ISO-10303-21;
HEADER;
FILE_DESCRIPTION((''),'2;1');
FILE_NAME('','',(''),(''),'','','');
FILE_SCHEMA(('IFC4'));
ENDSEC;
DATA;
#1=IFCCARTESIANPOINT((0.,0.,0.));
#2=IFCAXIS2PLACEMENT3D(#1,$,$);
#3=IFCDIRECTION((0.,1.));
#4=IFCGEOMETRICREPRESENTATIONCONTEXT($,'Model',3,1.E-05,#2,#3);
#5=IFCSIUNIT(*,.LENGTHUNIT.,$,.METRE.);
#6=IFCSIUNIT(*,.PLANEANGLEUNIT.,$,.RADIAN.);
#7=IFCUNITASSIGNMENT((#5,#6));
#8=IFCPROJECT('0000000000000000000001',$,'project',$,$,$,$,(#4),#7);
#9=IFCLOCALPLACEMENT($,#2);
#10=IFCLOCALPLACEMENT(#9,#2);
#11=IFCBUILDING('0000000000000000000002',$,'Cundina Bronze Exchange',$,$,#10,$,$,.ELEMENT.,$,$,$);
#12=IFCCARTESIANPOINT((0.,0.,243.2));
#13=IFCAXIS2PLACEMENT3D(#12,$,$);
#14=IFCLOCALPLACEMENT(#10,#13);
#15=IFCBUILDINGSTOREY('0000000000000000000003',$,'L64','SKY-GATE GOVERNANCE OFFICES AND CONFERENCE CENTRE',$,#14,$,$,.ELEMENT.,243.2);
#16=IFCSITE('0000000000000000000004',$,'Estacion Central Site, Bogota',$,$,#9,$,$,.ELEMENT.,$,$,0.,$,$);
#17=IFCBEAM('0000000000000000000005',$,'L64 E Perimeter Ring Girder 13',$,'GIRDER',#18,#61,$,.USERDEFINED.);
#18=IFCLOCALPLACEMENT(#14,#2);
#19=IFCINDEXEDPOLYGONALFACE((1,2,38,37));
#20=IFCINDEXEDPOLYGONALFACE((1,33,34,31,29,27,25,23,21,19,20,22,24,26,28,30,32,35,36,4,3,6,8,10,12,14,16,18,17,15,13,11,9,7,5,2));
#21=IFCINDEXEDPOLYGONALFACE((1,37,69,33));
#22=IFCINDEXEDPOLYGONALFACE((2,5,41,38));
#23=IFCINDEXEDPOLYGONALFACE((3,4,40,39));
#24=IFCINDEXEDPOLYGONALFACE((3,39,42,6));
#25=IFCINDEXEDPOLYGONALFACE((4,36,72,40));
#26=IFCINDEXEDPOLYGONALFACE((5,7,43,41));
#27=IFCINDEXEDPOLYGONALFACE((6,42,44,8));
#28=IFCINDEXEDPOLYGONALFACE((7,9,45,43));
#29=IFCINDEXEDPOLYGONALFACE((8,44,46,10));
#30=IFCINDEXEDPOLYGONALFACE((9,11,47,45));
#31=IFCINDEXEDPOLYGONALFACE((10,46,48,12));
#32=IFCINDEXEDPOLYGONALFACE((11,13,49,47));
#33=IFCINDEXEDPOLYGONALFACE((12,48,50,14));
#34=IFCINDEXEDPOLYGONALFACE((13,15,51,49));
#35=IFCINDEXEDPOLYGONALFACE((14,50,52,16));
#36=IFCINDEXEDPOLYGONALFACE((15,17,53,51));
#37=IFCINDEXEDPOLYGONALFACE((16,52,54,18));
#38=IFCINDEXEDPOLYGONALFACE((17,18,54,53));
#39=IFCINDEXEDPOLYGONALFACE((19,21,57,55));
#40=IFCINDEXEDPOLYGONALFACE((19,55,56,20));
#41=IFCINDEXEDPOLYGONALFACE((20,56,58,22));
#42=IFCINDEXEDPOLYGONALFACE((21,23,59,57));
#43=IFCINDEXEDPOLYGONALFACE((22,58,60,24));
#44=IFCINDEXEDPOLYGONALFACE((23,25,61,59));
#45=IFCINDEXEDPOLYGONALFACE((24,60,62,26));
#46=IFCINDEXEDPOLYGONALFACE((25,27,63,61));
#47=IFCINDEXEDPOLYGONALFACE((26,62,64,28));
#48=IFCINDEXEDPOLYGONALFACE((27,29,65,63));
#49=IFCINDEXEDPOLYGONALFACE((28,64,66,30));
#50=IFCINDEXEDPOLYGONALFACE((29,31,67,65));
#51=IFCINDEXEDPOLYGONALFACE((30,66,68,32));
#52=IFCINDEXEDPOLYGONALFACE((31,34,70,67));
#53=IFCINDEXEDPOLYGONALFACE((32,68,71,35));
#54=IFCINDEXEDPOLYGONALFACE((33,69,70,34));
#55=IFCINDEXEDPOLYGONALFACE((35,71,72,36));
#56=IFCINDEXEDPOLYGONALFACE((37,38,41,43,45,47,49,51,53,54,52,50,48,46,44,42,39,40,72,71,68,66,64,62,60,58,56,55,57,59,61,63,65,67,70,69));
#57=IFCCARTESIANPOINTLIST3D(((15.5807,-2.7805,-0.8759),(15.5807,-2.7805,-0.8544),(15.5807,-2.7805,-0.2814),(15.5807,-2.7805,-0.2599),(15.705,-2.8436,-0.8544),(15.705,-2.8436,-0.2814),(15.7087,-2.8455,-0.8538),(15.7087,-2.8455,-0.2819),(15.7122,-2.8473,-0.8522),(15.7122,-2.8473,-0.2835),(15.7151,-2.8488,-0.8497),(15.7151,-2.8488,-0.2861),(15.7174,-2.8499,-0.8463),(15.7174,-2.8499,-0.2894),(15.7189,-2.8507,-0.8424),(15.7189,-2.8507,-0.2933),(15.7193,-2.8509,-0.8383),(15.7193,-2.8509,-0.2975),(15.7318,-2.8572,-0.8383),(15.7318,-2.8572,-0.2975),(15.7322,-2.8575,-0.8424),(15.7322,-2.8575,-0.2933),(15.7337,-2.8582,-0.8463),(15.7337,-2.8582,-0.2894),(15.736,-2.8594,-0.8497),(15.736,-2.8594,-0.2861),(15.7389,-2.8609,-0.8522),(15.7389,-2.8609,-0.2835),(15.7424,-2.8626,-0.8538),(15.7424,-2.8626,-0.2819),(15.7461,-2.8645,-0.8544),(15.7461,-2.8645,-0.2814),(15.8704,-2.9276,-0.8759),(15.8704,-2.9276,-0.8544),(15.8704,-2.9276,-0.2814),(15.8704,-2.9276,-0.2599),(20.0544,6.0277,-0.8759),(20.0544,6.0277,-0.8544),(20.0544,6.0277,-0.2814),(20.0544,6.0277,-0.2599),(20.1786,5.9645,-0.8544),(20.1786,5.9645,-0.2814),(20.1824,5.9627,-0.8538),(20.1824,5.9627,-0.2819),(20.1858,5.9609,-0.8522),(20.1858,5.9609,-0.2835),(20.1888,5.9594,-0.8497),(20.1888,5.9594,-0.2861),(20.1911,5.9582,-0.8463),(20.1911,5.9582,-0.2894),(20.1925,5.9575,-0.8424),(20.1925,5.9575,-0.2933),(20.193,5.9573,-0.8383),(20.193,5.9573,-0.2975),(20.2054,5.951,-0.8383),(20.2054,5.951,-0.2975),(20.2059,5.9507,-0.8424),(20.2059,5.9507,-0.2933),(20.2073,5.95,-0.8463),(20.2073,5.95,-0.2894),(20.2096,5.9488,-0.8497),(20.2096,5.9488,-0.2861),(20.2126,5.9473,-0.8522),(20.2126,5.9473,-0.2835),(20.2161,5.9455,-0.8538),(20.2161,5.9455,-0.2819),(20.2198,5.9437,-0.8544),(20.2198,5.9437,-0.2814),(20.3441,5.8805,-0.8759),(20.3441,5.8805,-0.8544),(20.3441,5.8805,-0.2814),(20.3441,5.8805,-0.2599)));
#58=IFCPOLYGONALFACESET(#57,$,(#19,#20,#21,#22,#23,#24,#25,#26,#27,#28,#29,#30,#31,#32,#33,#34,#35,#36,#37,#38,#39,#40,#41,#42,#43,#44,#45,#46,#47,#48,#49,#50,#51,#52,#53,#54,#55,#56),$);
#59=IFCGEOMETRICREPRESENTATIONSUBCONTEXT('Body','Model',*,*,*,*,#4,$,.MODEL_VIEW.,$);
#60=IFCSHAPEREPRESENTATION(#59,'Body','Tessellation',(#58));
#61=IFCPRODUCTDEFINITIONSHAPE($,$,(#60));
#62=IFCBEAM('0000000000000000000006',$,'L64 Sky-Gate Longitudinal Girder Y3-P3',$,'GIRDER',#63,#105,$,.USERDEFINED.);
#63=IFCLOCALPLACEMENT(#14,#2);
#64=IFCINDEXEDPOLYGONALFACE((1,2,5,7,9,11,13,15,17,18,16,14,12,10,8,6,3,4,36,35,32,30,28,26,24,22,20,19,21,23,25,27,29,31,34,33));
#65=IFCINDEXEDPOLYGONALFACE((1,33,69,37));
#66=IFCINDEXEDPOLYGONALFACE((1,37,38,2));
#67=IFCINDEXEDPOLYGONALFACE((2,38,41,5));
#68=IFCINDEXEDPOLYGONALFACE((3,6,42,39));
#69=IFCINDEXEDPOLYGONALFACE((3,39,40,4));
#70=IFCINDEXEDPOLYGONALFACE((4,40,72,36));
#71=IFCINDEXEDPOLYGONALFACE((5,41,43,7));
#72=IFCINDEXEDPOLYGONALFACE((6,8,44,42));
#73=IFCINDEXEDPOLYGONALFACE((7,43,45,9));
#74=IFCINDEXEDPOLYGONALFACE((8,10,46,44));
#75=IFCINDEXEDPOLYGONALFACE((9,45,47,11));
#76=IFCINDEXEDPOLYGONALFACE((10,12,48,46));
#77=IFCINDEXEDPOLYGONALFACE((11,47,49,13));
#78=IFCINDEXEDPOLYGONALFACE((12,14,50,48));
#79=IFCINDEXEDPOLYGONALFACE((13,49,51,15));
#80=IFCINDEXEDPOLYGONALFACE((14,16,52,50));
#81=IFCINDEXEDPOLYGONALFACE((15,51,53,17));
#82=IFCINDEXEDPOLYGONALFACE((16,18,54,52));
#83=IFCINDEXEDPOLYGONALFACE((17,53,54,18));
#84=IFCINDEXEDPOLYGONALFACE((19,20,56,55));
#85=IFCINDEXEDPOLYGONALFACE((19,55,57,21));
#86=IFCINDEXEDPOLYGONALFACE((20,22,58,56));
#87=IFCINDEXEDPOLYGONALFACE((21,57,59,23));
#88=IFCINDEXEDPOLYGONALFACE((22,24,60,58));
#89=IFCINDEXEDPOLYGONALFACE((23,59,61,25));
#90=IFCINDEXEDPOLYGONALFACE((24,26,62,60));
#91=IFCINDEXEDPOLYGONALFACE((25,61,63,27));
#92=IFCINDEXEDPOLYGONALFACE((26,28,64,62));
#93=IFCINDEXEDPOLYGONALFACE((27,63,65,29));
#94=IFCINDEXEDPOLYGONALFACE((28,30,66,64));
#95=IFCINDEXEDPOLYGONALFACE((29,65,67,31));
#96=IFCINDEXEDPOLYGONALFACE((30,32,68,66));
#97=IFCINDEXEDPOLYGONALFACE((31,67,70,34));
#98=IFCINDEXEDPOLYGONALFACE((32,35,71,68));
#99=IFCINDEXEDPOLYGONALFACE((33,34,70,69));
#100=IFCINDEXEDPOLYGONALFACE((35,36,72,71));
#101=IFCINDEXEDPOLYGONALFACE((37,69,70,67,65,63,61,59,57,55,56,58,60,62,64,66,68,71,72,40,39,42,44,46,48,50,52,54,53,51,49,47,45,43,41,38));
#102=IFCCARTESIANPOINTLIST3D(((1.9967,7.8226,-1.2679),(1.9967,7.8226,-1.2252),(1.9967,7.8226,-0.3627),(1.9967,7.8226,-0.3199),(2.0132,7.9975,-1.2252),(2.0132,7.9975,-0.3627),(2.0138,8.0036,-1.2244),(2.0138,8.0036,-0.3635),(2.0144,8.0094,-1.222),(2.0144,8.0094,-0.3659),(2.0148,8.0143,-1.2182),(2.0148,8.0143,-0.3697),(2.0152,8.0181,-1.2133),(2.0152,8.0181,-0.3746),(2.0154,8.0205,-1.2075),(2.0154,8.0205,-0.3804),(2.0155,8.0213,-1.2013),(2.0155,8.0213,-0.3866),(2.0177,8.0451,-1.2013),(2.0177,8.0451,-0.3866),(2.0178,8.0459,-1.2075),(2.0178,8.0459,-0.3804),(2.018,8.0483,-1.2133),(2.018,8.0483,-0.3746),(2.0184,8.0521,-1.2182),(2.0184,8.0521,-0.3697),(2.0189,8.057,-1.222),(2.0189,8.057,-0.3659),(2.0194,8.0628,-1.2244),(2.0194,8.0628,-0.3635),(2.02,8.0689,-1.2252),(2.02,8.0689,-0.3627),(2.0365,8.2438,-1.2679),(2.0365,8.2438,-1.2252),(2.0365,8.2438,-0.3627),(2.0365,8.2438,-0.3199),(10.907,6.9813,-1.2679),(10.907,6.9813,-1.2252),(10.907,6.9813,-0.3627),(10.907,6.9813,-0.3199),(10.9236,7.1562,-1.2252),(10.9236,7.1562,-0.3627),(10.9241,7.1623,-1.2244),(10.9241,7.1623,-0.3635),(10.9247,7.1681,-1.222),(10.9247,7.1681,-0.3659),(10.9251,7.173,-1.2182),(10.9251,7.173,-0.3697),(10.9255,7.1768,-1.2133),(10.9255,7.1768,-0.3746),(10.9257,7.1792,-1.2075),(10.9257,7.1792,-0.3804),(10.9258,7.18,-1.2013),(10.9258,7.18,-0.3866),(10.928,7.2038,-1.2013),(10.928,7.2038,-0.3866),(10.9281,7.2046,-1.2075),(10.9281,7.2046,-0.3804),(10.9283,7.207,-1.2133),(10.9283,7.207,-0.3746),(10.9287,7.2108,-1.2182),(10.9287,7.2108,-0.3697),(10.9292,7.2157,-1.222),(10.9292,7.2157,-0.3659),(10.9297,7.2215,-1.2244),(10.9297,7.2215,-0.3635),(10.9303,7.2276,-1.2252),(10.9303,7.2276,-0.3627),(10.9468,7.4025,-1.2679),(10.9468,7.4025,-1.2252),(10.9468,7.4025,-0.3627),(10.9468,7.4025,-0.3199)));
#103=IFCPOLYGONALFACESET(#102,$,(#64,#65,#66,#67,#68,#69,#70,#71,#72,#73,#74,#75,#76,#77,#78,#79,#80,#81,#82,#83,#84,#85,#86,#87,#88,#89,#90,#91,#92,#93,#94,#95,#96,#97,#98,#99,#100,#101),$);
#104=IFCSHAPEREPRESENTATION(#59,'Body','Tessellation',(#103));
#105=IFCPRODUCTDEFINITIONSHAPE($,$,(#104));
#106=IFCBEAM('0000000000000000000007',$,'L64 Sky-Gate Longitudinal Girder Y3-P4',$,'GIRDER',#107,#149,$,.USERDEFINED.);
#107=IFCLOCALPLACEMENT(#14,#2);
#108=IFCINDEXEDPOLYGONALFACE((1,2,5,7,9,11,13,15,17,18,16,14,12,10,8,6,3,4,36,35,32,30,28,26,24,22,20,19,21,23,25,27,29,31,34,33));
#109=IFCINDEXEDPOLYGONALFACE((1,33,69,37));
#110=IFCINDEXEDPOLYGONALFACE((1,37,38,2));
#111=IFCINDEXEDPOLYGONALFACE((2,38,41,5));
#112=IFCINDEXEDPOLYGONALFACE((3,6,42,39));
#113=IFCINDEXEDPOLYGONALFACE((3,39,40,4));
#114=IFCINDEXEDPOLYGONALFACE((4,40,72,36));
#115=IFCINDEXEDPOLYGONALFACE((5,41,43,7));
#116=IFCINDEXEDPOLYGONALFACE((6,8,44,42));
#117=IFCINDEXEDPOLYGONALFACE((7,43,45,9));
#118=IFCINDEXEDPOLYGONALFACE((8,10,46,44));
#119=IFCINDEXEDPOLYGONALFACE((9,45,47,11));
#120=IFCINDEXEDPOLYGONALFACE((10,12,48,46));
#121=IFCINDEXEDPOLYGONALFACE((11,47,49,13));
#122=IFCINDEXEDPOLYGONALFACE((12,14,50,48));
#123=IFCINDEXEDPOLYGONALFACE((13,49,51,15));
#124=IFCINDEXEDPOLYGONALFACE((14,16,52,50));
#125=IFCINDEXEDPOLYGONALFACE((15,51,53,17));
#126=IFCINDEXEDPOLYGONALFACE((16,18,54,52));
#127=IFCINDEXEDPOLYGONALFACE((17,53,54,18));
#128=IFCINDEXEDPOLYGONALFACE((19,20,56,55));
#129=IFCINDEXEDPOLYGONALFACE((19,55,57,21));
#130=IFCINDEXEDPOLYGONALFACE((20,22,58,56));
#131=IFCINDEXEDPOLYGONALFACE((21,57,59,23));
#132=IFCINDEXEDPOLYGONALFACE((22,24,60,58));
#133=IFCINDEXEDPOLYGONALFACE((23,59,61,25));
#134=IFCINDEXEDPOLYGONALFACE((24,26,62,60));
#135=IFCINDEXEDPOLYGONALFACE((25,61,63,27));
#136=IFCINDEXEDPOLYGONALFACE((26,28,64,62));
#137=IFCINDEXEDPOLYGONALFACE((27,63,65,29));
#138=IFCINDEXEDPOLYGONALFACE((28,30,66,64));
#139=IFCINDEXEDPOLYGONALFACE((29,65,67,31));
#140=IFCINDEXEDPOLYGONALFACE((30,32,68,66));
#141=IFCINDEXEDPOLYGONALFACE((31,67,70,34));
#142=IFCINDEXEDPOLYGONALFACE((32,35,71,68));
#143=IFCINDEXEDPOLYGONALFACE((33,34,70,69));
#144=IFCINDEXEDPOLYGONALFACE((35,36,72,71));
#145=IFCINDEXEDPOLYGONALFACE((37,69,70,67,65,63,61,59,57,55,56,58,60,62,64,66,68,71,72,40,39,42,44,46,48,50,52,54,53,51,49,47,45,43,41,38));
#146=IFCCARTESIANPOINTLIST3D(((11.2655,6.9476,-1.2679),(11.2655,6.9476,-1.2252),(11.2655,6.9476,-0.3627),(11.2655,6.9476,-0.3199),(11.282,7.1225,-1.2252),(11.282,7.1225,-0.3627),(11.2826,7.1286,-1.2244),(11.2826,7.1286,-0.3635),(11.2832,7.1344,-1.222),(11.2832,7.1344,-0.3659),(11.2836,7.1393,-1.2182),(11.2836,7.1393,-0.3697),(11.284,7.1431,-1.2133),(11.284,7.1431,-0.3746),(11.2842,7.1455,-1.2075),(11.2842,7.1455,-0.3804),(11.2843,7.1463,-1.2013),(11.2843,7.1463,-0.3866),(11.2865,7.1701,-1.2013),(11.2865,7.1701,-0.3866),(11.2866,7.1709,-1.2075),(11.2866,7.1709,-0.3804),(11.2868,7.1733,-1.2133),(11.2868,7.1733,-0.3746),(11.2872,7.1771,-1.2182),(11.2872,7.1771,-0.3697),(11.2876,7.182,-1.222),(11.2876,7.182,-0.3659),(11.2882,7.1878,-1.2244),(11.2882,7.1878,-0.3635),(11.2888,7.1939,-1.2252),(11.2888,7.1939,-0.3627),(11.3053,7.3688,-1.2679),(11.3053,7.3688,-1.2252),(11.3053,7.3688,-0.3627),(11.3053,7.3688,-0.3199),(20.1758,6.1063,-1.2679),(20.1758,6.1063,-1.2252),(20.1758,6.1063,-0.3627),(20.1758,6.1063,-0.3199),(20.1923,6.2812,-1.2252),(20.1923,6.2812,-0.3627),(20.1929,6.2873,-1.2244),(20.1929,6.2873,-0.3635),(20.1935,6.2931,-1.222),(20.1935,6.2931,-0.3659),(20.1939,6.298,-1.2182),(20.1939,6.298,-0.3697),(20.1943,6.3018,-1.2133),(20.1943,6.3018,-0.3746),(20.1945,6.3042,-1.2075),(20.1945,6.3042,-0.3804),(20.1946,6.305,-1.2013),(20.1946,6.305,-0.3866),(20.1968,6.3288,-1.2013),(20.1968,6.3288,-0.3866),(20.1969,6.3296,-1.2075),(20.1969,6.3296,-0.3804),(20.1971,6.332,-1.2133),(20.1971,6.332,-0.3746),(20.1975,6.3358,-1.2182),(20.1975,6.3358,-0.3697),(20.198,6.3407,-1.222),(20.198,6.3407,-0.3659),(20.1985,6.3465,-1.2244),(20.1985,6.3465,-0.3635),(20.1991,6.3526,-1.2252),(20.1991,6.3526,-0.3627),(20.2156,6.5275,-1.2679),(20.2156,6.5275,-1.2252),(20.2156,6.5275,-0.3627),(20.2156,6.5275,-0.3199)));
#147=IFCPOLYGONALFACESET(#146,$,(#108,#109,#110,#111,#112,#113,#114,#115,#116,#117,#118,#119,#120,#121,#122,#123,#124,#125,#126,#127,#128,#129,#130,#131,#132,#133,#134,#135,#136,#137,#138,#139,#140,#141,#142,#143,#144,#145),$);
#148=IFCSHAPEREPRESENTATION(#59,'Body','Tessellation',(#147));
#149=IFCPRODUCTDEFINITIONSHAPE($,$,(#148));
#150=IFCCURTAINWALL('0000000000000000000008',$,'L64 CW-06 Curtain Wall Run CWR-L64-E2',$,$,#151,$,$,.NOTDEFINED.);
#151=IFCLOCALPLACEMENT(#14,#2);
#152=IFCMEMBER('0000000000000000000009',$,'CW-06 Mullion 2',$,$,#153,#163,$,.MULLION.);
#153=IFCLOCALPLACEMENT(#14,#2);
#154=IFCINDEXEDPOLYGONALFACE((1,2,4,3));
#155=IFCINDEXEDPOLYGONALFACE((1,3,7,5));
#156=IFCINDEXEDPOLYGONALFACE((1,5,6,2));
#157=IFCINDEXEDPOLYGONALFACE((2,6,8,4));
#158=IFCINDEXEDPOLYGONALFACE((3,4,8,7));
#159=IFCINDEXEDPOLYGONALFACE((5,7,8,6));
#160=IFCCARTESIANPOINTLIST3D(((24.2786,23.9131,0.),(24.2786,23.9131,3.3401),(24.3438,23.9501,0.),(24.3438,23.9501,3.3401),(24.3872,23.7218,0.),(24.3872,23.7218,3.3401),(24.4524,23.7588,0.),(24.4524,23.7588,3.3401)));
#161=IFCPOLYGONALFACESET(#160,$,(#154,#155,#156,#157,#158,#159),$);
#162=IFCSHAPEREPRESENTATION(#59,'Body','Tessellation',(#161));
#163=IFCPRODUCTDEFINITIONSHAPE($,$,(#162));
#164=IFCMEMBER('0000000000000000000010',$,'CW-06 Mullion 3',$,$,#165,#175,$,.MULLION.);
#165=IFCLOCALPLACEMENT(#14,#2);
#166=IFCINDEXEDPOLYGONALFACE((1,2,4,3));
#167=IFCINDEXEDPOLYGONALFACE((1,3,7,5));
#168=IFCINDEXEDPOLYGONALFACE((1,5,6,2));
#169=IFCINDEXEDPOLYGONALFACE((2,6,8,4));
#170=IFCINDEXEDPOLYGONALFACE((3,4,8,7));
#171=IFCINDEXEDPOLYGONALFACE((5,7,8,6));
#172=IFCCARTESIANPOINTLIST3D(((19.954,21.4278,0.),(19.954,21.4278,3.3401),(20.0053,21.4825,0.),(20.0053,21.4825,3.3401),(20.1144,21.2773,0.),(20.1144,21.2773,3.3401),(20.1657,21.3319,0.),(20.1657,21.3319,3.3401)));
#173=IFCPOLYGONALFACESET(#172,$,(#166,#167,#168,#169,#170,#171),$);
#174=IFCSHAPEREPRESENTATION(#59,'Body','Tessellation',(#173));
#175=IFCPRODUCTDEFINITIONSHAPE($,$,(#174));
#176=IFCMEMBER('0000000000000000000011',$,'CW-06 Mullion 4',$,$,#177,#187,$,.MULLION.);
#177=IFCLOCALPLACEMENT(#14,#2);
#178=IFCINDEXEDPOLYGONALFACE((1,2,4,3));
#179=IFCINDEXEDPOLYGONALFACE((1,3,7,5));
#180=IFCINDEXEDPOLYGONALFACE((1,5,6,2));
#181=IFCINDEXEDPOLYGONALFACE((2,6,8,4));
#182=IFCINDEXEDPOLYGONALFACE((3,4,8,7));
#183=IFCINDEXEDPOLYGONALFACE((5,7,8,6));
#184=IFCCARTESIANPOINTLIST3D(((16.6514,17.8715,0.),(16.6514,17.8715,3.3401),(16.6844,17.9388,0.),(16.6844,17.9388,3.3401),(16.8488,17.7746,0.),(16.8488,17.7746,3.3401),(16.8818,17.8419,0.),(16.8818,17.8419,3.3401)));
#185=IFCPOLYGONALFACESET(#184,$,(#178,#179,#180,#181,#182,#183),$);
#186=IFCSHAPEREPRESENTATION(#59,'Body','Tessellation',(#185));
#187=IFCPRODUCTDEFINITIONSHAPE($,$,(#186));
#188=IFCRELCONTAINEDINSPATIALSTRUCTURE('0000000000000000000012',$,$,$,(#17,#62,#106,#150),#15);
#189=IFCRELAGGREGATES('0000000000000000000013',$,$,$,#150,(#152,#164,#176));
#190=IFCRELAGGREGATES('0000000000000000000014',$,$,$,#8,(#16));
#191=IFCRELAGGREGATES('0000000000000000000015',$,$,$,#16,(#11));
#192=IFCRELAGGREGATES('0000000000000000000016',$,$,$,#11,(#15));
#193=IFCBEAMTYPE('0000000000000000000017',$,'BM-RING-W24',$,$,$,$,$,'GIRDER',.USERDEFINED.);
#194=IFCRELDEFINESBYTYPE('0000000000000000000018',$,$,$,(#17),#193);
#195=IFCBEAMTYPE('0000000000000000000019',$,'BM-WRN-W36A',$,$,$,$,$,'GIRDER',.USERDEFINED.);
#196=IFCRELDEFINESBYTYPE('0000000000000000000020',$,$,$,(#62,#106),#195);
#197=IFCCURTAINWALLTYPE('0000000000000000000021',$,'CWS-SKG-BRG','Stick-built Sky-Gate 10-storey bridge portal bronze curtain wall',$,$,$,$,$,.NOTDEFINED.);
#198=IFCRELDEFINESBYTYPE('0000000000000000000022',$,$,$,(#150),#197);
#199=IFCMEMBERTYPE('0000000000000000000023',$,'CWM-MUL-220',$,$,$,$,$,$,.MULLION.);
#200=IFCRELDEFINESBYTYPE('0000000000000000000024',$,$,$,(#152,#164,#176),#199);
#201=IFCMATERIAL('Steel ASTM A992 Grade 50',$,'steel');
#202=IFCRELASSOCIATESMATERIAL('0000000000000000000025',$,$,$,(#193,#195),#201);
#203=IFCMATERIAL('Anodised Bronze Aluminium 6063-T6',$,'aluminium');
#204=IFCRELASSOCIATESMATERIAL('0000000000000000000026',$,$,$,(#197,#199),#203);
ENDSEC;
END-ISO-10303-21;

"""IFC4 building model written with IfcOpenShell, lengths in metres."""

from ifc_helpers import new_model, si_unit, direction, frame, origin, origin_2d, place, context, subcontext, project, spatial, rectangle, i_section, extrude, material, material_profile, profile_set, type_object, element, aggregate, save


model = new_model("IFC4")

# Units and contexts
model_context = context("Model", 3, precision=1e-05, world=origin(), true_north=direction((0.0, 1.0)))
body_context = subcontext(model_context, "Body", "Model", "MODEL_VIEW")
ifc_project = project(units=[si_unit("LENGTHUNIT", "METRE"), si_unit("PLANEANGLEUNIT", "RADIAN")], contexts=[model_context])

# Site, building, storey
site_placement = place(None, origin())
site = spatial("IfcSite", under=ifc_project, at=site_placement, Name="Estacion Central Site, Bogota", CompositionType="ELEMENT", RefElevation=0.0)
building_placement = place(site_placement, origin())
building = spatial("IfcBuilding", under=site, at=building_placement, Name="Cundina Bronze Exchange", CompositionType="ELEMENT")
storey_placement = place(building_placement, frame((0.0, 0.0, 243.2)))
storey = spatial("IfcBuildingStorey", under=building, at=storey_placement, Name="L64", Description="SKY-GATE GOVERNANCE OFFICES AND CONFERENCE CENTRE", CompositionType="ELEMENT", Elevation=243.2)

# Beams
ifc_material_1 = material(Name="Steel ASTM A992 Grade 50", Category="steel")
ifc_material_profile_1 = material_profile(ifc_material_1, i_section(OverallWidth=0.325, OverallDepth=0.616, WebThickness=0.0139, FlangeThickness=0.0215, FilletRadius=0.0161, at=origin_2d()), Name="W24X117", Category="steel")
ifc_profile_set_1 = profile_set([ifc_material_profile_1], Name="Steel ASTM A992 Grade 50")
beam_type_1 = type_object("IfcBeamType", Name="BM-RING-W24", ElementType="GIRDER", PredefinedType="USERDEFINED", material=ifc_profile_set_1)
for number, where, z_axis, x_axis, name in (
    (1, (20.1992, 5.9541, -0.5679), (-0.452839, -0.891592, 0.0), (0.891592, -0.452839, 0.0), "L64 E Perimeter Ring Girder 13"),
):
    element("IfcBeam", number, at=place(storey_placement, frame(where, z_axis=z_axis, x_axis=x_axis)), inside=storey, type_object=beam_type_1, Name=name, ObjectType="GIRDER", PredefinedType="USERDEFINED", context=body_context, shape_type="SweptSolid", body=[
        extrude(i_section(OverallWidth=0.325, OverallDepth=0.616, WebThickness=0.0139, FlangeThickness=0.0215, FilletRadius=0.0161, at=origin_2d()), origin(), (0.0, 0.0, 1.0), 9.8792),
    ])
ifc_material_profile_2 = material_profile(ifc_material_1, i_section(OverallWidth=0.4231, OverallDepth=0.948, WebThickness=0.0239, FlangeThickness=0.0427, FilletRadius=0.0239, at=origin_2d()), Name="W36X302", Category="steel")
ifc_profile_set_2 = profile_set([ifc_material_profile_2], Name="Steel ASTM A992 Grade 50")
beam_type_2 = type_object("IfcBeamType", Name="BM-WRN-W36A", ElementType="GIRDER", PredefinedType="USERDEFINED", material=ifc_profile_set_2)
for number, where, z_axis, x_axis, name in (
    (2, (2.0166, 8.0332, -0.7939), (0.995572, -0.094001, 0.0), (0.094001, 0.995572, 0.0), "L64 Sky-Gate Longitudinal Girder Y3-P3"),
    (3, (11.2854, 7.1582, -0.7939), (0.995572, -0.094001, 0.0), (0.094001, 0.995572, 0.0), "L64 Sky-Gate Longitudinal Girder Y3-P4"),
):
    element("IfcBeam", number, at=place(storey_placement, frame(where, z_axis=z_axis, x_axis=x_axis)), inside=storey, type_object=beam_type_2, Name=name, ObjectType="GIRDER", PredefinedType="USERDEFINED", context=body_context, shape_type="SweptSolid", body=[
        extrude(i_section(OverallWidth=0.4231, OverallDepth=0.948, WebThickness=0.0239, FlangeThickness=0.0427, FilletRadius=0.0239, at=origin_2d()), origin(), (0.0, 0.0, 1.0), 8.95),
    ])

# Curtain wall, members
ifc_material_2 = material(Name="Anodised Bronze Aluminium 6063-T6", Category="aluminium")
curtain_wall_type = type_object("IfcCurtainWallType", Name="CWS-SKG-BRG", Description="Stick-built Sky-Gate 10-storey bridge portal bronze curtain wall", PredefinedType="NOTDEFINED", material=ifc_material_2)
curtain_wall_1_placement = place(storey_placement, origin())
curtain_wall_1 = element("IfcCurtainWall", 4, at=curtain_wall_1_placement, inside=storey, type_object=curtain_wall_type, Name="L64 CW-06 Curtain Wall Run CWR-L64-E2", PredefinedType="NOTDEFINED")
ifc_material_profile_3 = material_profile(ifc_material_2, rectangle(XDim=0.075, YDim=0.22, at=origin_2d()), Name="AL75X220", Category="aluminium")
ifc_profile_set_3 = profile_set([ifc_material_profile_3], Name="Anodised Bronze Aluminium 6063-T6")
member_type_1 = type_object("IfcMemberType", Name="CWM-MUL-220", PredefinedType="MULLION", material=ifc_profile_set_3)
member_1_placement = place(storey_placement, frame((24.3655, 23.8359, 0.0), z_axis=(0.0, 0.0, 1.0), x_axis=(-0.869581, -0.49379, 0.0)))
member_1 = element("IfcMember", 5, at=member_1_placement, type_object=member_type_1, Name="CW-06 Mullion 2", PredefinedType="MULLION", context=body_context, shape_type="SweptSolid", body=[
    extrude(rectangle(XDim=0.075, YDim=0.22, at=origin_2d()), origin(), (0.0, 0.0, 1.0), 3.3401),
])
member_2_placement = place(storey_placement, frame((20.0598, 21.3799, 0.0), z_axis=(0.0, 0.0, 1.0), x_axis=(-0.684293, -0.729208, 0.0)))
member_2 = element("IfcMember", 6, at=member_2_placement, type_object=member_type_1, Name="CW-06 Mullion 3", PredefinedType="MULLION", context=body_context, shape_type="SweptSolid", body=[
    extrude(rectangle(XDim=0.075, YDim=0.22, at=origin_2d()), origin(), (0.0, 0.0, 1.0), 3.3401),
])
member_3_placement = place(storey_placement, frame((16.7666, 17.8567, 0.0), z_axis=(0.0, 0.0, 1.0), x_axis=(-0.440566, -0.89772, 0.0)))
member_3 = element("IfcMember", 7, at=member_3_placement, type_object=member_type_1, Name="CW-06 Mullion 4", PredefinedType="MULLION", context=body_context, shape_type="SweptSolid", body=[
    extrude(rectangle(XDim=0.075, YDim=0.22, at=origin_2d()), origin(), (0.0, 0.0, 1.0), 3.3401),
])

aggregate(curtain_wall_1, [member_1, member_2, member_3])

save(model, "model.ifc")
